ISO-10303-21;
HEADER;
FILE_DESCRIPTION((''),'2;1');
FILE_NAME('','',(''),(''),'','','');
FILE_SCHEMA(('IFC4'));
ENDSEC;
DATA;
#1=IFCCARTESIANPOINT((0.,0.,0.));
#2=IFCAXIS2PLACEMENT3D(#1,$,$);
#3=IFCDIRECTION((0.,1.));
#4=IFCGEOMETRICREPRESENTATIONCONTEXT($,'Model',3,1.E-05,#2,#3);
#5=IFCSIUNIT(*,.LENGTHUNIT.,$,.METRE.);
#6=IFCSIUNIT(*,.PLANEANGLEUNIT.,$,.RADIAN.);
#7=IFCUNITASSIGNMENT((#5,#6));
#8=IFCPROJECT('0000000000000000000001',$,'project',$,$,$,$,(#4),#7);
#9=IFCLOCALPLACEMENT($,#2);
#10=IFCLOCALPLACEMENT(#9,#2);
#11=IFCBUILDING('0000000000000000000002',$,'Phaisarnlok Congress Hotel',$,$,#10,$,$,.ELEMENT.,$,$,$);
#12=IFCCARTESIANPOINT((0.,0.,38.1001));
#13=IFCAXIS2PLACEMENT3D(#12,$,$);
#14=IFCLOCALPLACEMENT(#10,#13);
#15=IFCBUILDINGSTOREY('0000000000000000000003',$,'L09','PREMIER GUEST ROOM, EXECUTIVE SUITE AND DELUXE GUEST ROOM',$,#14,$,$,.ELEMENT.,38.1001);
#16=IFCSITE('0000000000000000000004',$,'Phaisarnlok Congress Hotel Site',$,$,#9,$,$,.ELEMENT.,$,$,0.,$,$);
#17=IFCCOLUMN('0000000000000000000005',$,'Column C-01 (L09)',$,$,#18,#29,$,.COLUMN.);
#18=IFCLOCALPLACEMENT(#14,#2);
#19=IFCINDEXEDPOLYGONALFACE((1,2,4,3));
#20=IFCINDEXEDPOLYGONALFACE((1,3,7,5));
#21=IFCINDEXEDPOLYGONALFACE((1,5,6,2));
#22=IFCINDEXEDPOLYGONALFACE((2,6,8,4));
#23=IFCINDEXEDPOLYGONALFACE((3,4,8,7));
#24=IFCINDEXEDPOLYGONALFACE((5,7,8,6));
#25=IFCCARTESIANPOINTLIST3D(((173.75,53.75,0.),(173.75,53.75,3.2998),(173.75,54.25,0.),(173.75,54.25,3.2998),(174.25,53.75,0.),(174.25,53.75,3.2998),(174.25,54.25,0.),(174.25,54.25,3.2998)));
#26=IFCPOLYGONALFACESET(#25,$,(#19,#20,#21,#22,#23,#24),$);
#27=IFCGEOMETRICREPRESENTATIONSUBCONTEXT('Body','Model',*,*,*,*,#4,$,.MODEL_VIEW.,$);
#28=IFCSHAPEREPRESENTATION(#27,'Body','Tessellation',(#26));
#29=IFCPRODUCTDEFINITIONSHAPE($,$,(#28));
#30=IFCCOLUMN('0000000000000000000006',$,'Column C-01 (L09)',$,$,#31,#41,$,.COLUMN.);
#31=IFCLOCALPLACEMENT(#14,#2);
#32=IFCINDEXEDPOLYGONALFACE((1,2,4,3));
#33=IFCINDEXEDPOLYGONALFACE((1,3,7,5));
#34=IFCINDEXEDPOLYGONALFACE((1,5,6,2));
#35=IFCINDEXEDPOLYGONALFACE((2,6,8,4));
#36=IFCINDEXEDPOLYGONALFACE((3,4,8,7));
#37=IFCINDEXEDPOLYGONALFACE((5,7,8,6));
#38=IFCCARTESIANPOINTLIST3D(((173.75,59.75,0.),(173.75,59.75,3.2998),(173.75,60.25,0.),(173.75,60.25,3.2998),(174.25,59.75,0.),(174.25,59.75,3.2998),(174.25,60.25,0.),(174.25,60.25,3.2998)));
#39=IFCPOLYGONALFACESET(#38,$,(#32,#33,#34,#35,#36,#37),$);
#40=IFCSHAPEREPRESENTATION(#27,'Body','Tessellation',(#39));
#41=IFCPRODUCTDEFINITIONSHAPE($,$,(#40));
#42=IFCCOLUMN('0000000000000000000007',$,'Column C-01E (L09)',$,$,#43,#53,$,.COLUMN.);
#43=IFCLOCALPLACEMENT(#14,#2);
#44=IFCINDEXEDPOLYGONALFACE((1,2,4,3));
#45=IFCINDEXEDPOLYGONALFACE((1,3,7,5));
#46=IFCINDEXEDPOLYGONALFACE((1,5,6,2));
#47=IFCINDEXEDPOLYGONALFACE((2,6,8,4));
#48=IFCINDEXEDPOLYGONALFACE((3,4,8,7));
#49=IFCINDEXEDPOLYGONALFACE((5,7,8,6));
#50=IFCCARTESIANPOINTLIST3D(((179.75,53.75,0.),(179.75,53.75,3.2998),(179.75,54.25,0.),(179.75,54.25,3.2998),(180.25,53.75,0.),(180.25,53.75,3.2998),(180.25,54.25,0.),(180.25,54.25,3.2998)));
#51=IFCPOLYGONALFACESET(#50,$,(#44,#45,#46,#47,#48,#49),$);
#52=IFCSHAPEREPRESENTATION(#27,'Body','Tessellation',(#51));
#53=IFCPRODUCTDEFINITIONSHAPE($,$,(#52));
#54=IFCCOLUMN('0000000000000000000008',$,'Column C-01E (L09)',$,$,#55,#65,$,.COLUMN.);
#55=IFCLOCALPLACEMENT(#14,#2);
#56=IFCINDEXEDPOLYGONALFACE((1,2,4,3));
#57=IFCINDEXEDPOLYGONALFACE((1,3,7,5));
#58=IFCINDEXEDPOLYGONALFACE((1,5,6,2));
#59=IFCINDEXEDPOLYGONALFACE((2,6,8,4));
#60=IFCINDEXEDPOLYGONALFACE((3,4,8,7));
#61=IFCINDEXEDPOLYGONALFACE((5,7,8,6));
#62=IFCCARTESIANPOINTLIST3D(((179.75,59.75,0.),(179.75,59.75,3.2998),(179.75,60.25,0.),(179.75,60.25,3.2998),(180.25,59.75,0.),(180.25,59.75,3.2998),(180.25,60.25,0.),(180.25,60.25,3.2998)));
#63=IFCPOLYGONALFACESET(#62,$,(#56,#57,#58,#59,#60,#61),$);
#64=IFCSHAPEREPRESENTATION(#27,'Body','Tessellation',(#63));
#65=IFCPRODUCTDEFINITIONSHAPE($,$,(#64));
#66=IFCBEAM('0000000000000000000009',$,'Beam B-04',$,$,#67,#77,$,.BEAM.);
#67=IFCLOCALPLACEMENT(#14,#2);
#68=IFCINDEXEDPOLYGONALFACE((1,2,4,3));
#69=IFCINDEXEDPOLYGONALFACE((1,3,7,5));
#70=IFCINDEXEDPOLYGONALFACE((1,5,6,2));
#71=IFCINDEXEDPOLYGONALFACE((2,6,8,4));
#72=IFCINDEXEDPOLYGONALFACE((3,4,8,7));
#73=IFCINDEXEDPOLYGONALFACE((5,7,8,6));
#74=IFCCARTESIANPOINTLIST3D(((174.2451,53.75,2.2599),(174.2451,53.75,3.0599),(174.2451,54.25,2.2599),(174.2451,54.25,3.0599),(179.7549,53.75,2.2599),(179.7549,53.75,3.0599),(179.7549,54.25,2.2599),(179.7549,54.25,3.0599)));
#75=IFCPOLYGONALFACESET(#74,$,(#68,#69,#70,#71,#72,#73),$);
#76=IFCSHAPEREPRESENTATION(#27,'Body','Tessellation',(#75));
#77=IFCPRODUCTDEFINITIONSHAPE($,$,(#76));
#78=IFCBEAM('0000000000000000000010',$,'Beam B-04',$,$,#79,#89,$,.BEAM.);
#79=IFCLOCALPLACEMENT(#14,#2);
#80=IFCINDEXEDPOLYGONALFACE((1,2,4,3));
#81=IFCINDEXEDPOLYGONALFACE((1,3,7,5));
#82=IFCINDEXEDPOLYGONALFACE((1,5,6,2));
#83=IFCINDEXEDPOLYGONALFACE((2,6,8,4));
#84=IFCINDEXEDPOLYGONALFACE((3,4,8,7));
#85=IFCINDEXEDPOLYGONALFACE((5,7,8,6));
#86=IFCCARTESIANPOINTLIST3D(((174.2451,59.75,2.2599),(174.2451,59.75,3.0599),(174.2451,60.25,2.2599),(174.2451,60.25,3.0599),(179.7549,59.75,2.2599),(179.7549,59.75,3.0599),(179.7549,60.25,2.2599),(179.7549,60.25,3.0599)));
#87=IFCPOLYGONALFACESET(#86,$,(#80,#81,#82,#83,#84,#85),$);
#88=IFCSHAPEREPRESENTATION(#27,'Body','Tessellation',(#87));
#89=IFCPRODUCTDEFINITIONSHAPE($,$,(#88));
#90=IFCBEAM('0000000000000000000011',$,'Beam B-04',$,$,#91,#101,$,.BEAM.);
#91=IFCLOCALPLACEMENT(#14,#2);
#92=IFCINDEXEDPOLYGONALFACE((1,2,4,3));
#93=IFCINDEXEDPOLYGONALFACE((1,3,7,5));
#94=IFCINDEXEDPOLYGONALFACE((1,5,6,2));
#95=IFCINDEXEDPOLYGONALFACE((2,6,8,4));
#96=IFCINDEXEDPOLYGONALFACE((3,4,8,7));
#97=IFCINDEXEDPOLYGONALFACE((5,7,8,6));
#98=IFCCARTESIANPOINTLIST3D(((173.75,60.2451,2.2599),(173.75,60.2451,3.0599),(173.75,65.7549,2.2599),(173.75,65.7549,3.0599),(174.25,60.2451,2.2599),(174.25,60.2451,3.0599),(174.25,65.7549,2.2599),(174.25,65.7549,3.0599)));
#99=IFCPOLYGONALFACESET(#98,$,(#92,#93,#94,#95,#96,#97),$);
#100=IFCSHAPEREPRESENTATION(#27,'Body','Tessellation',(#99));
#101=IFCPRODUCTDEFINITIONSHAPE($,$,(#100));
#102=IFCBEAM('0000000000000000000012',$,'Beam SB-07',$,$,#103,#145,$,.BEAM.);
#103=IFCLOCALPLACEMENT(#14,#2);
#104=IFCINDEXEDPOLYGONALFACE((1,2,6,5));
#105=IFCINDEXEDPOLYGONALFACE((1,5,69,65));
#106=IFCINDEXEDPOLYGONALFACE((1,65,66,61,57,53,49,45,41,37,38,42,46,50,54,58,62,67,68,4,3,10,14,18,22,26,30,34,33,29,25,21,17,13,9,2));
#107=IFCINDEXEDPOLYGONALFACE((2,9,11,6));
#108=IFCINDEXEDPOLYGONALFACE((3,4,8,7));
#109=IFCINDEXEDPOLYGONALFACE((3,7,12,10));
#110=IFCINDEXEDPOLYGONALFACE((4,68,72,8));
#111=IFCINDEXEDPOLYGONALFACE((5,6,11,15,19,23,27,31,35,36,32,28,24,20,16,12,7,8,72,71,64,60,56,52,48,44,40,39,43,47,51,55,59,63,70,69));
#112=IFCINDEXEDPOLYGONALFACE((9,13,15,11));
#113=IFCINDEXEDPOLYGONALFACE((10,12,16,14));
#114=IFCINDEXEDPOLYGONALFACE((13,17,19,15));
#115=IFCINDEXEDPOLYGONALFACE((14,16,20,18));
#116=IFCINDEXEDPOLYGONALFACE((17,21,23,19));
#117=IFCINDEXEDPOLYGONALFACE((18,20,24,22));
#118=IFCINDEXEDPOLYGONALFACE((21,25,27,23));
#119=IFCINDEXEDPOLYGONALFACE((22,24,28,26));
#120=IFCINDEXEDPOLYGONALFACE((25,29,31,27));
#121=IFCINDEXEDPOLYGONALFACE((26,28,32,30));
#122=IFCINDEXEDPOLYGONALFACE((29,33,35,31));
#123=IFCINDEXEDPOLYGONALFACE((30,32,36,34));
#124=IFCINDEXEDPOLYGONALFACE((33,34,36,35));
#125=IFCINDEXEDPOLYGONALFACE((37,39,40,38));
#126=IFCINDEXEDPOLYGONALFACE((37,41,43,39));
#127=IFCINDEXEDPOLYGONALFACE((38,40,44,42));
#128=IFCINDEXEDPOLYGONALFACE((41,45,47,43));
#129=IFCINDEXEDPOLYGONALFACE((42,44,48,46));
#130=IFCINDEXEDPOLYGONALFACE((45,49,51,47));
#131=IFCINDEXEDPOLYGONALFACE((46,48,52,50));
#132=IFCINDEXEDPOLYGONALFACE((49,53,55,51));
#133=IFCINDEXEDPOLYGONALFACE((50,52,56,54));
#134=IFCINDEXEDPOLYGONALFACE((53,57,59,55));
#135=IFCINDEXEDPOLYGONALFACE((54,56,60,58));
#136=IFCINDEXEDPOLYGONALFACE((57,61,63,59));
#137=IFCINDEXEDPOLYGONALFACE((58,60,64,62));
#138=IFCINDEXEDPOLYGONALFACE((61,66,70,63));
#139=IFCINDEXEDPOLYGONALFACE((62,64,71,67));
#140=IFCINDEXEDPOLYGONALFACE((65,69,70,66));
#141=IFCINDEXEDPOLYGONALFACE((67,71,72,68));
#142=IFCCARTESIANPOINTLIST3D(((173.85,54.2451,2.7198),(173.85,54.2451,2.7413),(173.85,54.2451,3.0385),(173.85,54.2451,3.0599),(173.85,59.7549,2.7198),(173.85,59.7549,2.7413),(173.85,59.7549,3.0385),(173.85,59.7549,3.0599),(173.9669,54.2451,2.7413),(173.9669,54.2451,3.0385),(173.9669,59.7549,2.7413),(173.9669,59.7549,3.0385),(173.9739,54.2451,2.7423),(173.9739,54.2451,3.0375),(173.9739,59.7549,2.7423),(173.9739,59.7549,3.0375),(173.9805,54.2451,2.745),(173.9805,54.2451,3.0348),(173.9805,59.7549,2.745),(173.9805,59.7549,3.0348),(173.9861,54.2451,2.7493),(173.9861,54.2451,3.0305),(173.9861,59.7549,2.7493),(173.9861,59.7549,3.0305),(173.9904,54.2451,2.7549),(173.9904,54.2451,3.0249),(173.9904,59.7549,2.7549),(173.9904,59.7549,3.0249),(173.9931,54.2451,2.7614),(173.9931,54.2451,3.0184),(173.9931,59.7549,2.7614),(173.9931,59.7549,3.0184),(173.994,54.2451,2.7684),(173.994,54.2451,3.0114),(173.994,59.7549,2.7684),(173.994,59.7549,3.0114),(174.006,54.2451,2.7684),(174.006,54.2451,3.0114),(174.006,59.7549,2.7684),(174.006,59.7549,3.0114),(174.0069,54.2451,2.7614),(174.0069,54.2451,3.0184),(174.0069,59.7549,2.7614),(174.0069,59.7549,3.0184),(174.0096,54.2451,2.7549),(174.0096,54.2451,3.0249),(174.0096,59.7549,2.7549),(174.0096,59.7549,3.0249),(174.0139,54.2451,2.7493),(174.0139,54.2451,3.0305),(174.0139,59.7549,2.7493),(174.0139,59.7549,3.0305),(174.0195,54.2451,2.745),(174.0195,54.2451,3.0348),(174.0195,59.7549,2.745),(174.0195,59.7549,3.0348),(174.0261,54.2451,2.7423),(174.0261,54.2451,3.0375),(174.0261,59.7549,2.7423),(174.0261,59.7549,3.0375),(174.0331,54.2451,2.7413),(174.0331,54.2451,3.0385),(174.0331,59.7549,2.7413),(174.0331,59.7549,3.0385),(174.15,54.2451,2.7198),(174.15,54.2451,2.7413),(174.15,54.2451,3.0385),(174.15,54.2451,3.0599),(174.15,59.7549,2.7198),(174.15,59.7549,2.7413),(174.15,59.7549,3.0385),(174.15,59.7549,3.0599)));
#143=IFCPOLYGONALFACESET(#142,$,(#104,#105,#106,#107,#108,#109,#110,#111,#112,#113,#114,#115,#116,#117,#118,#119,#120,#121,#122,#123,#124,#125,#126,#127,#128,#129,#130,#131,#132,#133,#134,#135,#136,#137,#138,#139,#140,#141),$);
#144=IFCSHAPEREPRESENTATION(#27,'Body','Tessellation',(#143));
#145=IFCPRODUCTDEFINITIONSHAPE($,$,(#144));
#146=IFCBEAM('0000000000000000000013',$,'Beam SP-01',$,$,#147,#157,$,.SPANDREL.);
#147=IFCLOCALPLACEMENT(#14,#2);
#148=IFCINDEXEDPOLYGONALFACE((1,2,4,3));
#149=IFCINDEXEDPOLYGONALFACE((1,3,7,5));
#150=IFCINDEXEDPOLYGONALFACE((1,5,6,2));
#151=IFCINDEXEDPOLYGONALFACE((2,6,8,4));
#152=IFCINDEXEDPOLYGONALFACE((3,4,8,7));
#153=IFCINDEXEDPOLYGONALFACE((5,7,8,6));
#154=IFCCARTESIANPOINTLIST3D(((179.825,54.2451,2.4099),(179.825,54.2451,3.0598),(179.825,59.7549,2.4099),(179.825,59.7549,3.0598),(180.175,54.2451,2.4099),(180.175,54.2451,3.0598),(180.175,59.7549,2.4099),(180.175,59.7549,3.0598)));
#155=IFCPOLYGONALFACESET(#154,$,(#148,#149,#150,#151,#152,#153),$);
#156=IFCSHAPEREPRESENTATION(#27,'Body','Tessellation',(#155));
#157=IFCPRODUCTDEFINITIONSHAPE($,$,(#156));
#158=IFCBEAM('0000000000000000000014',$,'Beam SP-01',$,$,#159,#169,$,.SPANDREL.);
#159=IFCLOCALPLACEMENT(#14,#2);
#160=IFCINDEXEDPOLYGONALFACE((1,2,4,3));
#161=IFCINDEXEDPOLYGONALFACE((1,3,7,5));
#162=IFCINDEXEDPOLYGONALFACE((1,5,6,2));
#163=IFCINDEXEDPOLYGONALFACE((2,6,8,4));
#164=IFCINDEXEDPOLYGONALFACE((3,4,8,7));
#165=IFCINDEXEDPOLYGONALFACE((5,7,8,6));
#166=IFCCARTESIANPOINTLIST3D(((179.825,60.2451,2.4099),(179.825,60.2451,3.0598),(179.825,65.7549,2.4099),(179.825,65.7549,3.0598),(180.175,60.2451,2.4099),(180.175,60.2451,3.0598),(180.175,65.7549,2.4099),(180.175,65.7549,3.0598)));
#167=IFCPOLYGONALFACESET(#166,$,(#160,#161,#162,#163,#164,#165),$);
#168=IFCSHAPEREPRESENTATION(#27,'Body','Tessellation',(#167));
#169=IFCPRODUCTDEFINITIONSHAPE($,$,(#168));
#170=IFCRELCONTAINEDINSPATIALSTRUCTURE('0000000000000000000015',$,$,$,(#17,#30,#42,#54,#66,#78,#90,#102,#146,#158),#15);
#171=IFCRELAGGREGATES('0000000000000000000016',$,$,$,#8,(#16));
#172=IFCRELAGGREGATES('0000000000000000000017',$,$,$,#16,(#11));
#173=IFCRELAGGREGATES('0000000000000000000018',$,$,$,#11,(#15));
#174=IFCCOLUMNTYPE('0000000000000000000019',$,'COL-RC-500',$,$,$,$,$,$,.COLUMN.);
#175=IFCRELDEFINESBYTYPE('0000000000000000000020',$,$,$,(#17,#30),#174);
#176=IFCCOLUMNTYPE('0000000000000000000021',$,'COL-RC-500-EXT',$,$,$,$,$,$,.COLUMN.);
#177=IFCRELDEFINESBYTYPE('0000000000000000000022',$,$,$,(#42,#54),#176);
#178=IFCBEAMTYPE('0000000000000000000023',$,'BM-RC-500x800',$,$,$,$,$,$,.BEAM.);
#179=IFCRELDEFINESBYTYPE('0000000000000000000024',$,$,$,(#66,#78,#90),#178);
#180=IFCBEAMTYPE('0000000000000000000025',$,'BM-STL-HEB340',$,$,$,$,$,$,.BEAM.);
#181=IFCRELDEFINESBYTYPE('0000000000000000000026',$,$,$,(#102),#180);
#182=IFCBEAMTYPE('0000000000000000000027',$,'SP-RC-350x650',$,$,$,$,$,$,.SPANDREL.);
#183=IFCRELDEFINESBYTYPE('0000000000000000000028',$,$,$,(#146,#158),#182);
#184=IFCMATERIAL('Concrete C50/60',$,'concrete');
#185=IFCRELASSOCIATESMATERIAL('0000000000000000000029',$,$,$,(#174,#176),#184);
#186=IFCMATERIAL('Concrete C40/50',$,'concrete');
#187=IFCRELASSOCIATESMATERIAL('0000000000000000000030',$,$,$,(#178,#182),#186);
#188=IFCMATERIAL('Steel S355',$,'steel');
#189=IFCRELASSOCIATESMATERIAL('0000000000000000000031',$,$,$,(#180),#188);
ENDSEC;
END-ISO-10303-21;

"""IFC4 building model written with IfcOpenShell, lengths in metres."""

from ifc_helpers import new_model, si_unit, direction, frame, origin, origin_2d, place, context, subcontext, project, spatial, rectangle, i_section, extrude, material, material_profile, profile_set, type_object, element, save


model = new_model("IFC4")

# Units and contexts
model_context = context("Model", 3, precision=1e-05, world=origin(), true_north=direction((0.0, 1.0)))
body_context = subcontext(model_context, "Body", "Model", "MODEL_VIEW")
ifc_project = project(units=[si_unit("LENGTHUNIT", "METRE"), si_unit("PLANEANGLEUNIT", "RADIAN")], contexts=[model_context])

# Site, building, storey
site_placement = place(None, origin())
site = spatial("IfcSite", under=ifc_project, at=site_placement, Name="Phaisarnlok Congress Hotel Site", CompositionType="ELEMENT", RefElevation=0.0)
building_placement = place(site_placement, origin())
building = spatial("IfcBuilding", under=site, at=building_placement, Name="Phaisarnlok Congress Hotel", CompositionType="ELEMENT")
storey_placement = place(building_placement, frame((0.0, 0.0, 38.1001)))
storey = spatial("IfcBuildingStorey", under=building, at=storey_placement, Name="L09", Description="PREMIER GUEST ROOM, EXECUTIVE SUITE AND DELUXE GUEST ROOM", CompositionType="ELEMENT", Elevation=38.1001)

# Columns
ifc_material_1 = material(Name="Concrete C50/60", Category="concrete")
ifc_material_profile_1 = material_profile(ifc_material_1, rectangle(XDim=0.5, YDim=0.5, at=origin_2d()), Name="RC 500x500")
ifc_profile_set_1 = profile_set([ifc_material_profile_1], Name="Concrete C50/60")
column_type_1 = type_object("IfcColumnType", Name="COL-RC-500", PredefinedType="COLUMN", material=ifc_profile_set_1)
for number, where, z_axis, x_axis, name in (
    (1, (174.0, 54.0, 0.0), (0.0, 0.0, 1.0), (1.0, 0.0, 0.0), "Column C-01 (L09)"),
    (2, (174.0, 60.0, 0.0), (0.0, 0.0, 1.0), (1.0, 0.0, 0.0), "Column C-01 (L09)"),
):
    element("IfcColumn", number, at=place(storey_placement, frame(where, z_axis=z_axis, x_axis=x_axis)), inside=storey, type_object=column_type_1, Name=name, PredefinedType="COLUMN", context=body_context, shape_type="SweptSolid", body=[
        extrude(rectangle(XDim=0.5, YDim=0.5, at=origin_2d()), origin(), (0.0, 0.0, 1.0), 3.2998),
    ])
ifc_material_profile_2 = material_profile(ifc_material_1, rectangle(XDim=0.5, YDim=0.5, at=origin_2d()), Name="RC 500x500")
ifc_profile_set_2 = profile_set([ifc_material_profile_2], Name="Concrete C50/60")
column_type_2 = type_object("IfcColumnType", Name="COL-RC-500-EXT", PredefinedType="COLUMN", material=ifc_profile_set_2)
for number, where, z_axis, x_axis, name in (
    (3, (180.0, 54.0, 0.0), (0.0, 0.0, 1.0), (1.0, 0.0, 0.0), "Column C-01E (L09)"),
    (4, (180.0, 60.0, 0.0), (0.0, 0.0, 1.0), (1.0, 0.0, 0.0), "Column C-01E (L09)"),
):
    element("IfcColumn", number, at=place(storey_placement, frame(where, z_axis=z_axis, x_axis=x_axis)), inside=storey, type_object=column_type_2, Name=name, PredefinedType="COLUMN", context=body_context, shape_type="SweptSolid", body=[
        extrude(rectangle(XDim=0.5, YDim=0.5, at=origin_2d()), origin(), (0.0, 0.0, 1.0), 3.2998),
    ])

# Beams
ifc_material_2 = material(Name="Concrete C40/50", Category="concrete")
ifc_material_profile_3 = material_profile(ifc_material_2, rectangle(XDim=0.5, YDim=0.8, at=origin_2d()), Name="RC 500x800")
ifc_profile_set_3 = profile_set([ifc_material_profile_3], Name="Concrete C40/50")
beam_type_1 = type_object("IfcBeamType", Name="BM-RC-500x800", PredefinedType="BEAM", material=ifc_profile_set_3)
for number, where, z_axis, x_axis, name in (
    (5, (174.2451, 54.0, 2.6599), (1.0, 0.0, 0.0), (0.0, 1.0, 0.0), "Beam B-04"),
    (6, (174.2451, 60.0, 2.6599), (1.0, 0.0, 0.0), (0.0, 1.0, 0.0), "Beam B-04"),
    (7, (174.0, 60.2451, 2.6599), (0.0, 1.0, 0.0), (-1.0, 0.0, 0.0), "Beam B-04"),
):
    element("IfcBeam", number, at=place(storey_placement, frame(where, z_axis=z_axis, x_axis=x_axis)), inside=storey, type_object=beam_type_1, Name=name, PredefinedType="BEAM", context=body_context, shape_type="SweptSolid", body=[
        extrude(rectangle(XDim=0.5, YDim=0.8, at=origin_2d()), origin(), (0.0, 0.0, 1.0), 5.5098),
    ])
ifc_material_3 = material(Name="Steel S355", Category="steel")
ifc_material_profile_4 = material_profile(ifc_material_3, i_section(OverallWidth=0.3, OverallDepth=0.3401, WebThickness=0.012, FlangeThickness=0.0215, FilletRadius=0.0271, at=origin_2d()), Name="HEB 340")
ifc_profile_set_4 = profile_set([ifc_material_profile_4], Name="Steel S355")
beam_type_2 = type_object("IfcBeamType", Name="BM-STL-HEB340", PredefinedType="BEAM", material=ifc_profile_set_4)
beam_placement = place(storey_placement, frame((174.0, 54.2451, 2.8899), z_axis=(0.0, 1.0, 0.0), x_axis=(-1.0, 0.0, 0.0)))
element("IfcBeam", 8, at=beam_placement, inside=storey, type_object=beam_type_2, Name="Beam SB-07", PredefinedType="BEAM", context=body_context, shape_type="SweptSolid", body=[
    extrude(i_section(OverallWidth=0.3, OverallDepth=0.3401, WebThickness=0.012, FlangeThickness=0.0215, FilletRadius=0.0271, at=origin_2d()), origin(), (0.0, 0.0, 1.0), 5.5098),
])
ifc_material_profile_5 = material_profile(ifc_material_2, rectangle(XDim=0.3501, YDim=0.6499, at=origin_2d()), Name="RC 350x650")
ifc_profile_set_5 = profile_set([ifc_material_profile_5], Name="Concrete C40/50")
beam_type_3 = type_object("IfcBeamType", Name="SP-RC-350x650", PredefinedType="SPANDREL", material=ifc_profile_set_5)
for number, where, z_axis, x_axis, name in (
    (9, (180.0, 54.2451, 2.7349), (0.0, 1.0, 0.0), (-1.0, 0.0, 0.0), "Beam SP-01"),
    (10, (180.0, 60.2451, 2.7349), (0.0, 1.0, 0.0), (-1.0, 0.0, 0.0), "Beam SP-01"),
):
    element("IfcBeam", number, at=place(storey_placement, frame(where, z_axis=z_axis, x_axis=x_axis)), inside=storey, type_object=beam_type_3, Name=name, PredefinedType="SPANDREL", context=body_context, shape_type="SweptSolid", body=[
        extrude(rectangle(XDim=0.3501, YDim=0.6499, at=origin_2d()), origin(), (0.0, 0.0, 1.0), 5.5098),
    ])

save(model, "model.ifc")
